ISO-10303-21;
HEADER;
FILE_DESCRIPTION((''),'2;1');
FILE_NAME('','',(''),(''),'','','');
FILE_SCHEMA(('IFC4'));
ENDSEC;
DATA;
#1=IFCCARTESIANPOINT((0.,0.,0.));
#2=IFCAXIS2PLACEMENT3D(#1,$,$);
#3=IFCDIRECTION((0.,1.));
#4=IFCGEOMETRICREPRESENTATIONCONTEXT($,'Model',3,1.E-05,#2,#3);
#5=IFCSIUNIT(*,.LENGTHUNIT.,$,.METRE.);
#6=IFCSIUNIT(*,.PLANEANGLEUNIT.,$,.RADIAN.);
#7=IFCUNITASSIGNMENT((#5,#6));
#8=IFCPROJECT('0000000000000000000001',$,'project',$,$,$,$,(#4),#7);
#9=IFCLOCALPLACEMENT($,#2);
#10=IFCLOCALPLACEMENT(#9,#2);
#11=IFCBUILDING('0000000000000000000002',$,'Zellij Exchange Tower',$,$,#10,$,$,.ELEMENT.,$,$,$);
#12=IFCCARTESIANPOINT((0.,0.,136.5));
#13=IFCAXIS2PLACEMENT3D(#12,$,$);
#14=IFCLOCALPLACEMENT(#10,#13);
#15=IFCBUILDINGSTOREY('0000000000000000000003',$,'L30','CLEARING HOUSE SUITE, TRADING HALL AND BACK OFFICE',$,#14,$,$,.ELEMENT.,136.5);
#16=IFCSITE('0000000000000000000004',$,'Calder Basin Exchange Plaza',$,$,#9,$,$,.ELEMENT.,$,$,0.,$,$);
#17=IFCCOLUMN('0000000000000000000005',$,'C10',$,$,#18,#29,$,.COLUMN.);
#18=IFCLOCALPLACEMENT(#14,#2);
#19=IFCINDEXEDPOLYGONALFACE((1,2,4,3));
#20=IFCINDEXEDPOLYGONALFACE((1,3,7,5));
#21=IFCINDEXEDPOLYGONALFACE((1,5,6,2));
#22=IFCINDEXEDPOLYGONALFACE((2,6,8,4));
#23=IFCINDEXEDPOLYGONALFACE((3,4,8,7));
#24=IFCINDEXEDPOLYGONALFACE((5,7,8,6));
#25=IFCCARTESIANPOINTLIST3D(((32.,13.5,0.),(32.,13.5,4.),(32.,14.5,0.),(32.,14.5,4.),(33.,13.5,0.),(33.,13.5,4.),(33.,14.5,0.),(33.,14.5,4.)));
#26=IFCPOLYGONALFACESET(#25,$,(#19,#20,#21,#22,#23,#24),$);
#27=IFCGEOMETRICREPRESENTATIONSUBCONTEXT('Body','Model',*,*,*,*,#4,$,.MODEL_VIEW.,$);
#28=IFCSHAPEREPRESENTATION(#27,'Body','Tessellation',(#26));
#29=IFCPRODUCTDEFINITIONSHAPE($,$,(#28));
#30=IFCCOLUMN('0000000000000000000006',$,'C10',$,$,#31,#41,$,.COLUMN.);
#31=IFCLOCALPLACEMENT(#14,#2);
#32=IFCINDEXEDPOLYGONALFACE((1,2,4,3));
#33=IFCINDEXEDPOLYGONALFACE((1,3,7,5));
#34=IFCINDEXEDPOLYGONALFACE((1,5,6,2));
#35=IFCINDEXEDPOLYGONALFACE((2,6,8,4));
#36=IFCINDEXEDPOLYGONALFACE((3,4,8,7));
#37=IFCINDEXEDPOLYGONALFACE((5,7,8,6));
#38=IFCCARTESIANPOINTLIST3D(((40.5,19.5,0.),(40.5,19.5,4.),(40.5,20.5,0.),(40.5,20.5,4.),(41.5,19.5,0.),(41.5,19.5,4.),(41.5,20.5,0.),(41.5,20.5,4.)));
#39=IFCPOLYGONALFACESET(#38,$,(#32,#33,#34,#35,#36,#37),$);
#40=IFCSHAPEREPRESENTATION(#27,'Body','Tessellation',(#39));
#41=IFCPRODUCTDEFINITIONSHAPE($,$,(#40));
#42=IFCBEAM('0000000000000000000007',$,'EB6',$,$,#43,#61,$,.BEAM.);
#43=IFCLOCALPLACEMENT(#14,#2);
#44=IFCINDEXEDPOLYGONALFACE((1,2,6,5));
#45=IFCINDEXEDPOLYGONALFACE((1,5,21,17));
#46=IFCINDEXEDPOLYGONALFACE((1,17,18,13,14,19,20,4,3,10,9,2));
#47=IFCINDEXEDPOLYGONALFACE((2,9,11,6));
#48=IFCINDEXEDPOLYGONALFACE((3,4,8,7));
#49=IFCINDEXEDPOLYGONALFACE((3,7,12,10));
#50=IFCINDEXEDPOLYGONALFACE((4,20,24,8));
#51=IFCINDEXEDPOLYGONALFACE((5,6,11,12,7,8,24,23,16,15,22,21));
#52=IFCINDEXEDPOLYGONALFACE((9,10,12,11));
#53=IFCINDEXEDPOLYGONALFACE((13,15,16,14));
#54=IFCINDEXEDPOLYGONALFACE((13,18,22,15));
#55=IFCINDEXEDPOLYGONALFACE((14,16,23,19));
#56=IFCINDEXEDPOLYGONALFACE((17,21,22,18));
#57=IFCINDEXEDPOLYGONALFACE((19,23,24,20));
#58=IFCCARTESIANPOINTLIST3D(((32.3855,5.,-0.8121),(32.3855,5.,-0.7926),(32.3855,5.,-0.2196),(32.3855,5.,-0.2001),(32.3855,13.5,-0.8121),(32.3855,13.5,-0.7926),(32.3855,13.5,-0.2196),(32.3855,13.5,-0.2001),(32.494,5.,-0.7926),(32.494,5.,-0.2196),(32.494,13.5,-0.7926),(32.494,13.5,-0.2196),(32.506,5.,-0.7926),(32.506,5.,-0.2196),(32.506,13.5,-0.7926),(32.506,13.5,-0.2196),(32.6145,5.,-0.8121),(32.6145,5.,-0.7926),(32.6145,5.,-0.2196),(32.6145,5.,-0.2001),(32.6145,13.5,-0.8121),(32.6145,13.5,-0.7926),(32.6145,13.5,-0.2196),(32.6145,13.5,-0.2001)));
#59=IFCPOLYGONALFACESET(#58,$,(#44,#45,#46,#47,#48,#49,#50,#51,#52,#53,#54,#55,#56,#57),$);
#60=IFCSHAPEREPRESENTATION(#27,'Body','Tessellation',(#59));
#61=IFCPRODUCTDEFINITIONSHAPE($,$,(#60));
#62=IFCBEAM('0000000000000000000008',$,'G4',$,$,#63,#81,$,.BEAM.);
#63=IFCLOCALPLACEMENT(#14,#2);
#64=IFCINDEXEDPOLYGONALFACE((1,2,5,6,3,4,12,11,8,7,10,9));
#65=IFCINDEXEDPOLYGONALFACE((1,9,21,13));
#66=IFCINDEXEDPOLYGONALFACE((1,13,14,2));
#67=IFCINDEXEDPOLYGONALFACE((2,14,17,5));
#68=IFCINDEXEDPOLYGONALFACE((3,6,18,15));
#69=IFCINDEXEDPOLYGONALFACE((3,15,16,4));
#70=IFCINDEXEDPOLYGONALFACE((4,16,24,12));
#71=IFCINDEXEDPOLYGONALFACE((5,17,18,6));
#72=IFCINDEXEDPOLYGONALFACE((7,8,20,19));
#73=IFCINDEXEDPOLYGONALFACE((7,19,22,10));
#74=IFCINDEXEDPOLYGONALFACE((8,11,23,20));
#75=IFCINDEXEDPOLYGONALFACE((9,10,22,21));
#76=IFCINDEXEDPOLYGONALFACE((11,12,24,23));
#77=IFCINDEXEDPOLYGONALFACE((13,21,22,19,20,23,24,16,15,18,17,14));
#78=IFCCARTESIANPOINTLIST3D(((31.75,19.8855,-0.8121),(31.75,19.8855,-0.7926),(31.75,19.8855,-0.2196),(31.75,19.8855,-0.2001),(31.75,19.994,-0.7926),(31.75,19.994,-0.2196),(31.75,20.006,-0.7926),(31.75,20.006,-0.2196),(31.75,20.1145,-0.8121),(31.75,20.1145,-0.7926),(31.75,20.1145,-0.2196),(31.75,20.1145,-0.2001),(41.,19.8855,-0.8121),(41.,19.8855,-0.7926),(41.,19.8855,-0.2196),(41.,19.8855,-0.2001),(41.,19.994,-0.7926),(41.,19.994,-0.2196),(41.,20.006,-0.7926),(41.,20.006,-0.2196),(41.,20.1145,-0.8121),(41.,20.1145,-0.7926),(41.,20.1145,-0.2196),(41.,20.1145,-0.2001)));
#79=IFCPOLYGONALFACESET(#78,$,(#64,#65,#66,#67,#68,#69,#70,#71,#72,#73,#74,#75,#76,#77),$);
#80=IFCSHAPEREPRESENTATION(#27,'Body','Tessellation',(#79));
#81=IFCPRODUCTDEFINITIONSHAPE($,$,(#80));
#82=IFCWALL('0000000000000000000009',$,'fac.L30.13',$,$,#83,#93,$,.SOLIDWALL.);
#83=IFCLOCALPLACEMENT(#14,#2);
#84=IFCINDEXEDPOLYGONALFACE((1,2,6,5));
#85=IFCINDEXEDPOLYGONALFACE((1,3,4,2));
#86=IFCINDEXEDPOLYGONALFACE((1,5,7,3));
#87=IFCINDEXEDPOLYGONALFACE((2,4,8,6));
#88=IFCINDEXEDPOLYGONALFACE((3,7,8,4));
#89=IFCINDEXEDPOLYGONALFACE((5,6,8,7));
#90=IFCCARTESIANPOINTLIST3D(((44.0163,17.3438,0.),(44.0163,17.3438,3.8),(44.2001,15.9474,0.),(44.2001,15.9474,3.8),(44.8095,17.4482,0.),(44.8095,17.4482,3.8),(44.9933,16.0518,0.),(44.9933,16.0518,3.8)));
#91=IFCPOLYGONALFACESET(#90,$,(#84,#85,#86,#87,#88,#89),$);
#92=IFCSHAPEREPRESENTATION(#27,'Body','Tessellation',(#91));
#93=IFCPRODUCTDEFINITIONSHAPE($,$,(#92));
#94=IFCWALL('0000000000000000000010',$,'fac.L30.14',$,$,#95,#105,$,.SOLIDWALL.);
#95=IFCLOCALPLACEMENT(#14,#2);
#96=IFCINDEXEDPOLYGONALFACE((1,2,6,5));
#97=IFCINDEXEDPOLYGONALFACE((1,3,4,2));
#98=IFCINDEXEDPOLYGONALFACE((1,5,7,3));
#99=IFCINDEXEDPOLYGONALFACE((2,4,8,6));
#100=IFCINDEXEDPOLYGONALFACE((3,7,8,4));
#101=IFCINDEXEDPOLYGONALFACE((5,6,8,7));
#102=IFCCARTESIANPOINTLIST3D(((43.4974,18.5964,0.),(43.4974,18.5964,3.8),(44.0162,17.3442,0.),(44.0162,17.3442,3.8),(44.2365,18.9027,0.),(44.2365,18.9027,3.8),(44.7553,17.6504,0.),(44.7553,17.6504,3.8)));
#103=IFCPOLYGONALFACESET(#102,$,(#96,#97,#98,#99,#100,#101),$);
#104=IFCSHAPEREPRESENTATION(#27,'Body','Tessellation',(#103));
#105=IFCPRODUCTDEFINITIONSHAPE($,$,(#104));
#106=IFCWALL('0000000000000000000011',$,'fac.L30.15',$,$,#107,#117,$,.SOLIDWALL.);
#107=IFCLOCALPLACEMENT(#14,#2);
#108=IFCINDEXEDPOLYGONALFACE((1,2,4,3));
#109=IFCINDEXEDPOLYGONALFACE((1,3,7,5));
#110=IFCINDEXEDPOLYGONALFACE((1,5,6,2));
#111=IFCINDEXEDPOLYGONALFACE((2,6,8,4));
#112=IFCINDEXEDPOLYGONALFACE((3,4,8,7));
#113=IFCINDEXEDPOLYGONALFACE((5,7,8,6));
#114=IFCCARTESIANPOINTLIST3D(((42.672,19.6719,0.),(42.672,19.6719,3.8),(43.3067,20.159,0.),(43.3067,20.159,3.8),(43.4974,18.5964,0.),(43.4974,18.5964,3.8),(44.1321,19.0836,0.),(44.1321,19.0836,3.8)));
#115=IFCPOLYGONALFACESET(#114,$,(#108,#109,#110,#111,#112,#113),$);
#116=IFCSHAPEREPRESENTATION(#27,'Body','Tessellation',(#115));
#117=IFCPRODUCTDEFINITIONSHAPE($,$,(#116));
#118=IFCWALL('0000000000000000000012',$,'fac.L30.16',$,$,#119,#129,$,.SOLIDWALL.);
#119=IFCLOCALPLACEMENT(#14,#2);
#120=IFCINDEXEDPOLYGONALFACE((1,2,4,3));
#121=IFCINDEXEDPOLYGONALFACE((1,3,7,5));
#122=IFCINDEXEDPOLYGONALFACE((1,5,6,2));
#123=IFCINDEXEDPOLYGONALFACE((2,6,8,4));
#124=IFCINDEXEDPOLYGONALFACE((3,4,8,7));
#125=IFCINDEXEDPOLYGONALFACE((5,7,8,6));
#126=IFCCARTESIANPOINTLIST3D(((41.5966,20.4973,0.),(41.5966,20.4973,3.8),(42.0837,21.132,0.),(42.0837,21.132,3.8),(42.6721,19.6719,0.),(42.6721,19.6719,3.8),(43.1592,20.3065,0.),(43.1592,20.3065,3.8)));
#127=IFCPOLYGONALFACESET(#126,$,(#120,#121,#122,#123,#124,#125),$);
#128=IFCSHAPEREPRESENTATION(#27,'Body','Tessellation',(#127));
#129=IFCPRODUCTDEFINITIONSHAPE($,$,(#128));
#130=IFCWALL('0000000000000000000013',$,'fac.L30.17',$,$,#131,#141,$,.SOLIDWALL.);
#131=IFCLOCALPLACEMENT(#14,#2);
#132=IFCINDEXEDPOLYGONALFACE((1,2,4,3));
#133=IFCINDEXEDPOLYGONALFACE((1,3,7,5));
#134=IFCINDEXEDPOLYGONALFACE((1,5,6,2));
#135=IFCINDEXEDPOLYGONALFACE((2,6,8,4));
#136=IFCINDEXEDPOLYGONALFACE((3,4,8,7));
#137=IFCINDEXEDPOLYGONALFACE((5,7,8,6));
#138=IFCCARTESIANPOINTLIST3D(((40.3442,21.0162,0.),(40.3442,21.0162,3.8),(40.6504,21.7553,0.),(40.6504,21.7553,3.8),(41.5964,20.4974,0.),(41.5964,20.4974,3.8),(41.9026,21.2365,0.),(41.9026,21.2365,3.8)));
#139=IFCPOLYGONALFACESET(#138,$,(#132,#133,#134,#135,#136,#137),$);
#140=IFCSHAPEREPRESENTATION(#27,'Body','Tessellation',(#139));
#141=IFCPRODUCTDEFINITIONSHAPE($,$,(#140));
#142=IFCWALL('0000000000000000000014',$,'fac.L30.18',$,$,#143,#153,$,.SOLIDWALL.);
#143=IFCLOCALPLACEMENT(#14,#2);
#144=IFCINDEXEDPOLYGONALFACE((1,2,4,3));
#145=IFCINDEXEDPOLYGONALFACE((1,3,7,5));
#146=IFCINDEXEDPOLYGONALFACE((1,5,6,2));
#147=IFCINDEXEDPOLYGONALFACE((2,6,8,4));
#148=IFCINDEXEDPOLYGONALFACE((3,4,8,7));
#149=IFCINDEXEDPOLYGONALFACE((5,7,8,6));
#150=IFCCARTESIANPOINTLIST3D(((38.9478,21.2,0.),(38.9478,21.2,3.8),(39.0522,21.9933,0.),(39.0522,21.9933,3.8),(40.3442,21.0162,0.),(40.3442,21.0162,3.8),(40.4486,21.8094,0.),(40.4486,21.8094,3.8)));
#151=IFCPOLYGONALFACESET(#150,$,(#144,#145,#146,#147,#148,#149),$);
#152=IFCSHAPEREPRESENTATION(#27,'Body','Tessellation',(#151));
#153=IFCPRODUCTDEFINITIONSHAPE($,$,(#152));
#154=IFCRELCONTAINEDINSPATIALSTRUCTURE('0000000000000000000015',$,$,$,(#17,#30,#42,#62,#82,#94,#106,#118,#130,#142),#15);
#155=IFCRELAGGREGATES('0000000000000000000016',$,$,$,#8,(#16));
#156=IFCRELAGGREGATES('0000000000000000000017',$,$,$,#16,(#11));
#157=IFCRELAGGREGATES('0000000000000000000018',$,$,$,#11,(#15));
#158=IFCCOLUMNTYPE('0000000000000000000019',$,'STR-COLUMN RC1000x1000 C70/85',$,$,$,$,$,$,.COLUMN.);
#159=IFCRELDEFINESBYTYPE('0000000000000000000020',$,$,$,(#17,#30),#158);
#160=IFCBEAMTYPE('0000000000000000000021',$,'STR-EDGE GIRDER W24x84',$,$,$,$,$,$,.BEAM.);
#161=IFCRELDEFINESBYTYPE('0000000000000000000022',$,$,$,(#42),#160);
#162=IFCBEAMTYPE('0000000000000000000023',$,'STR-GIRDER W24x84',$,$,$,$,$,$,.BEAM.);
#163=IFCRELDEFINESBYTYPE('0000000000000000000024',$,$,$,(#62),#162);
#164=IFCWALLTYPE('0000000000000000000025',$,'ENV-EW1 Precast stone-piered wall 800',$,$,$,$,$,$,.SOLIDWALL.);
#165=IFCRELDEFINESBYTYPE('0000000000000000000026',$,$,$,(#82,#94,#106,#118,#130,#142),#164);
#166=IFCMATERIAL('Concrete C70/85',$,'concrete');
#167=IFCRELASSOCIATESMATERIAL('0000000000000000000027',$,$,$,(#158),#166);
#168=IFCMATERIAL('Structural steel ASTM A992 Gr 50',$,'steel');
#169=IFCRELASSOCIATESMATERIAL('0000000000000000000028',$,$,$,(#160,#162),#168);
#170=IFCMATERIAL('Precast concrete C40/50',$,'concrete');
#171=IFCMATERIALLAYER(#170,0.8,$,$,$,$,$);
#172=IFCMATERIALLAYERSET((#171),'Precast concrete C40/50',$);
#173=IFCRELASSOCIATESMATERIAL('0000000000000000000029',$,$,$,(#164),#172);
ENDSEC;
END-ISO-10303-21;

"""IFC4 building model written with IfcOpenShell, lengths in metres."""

from ifc_helpers import new_model, si_unit, direction, frame, frame_2d, origin, origin_2d, place, context, subcontext, project, spatial, rectangle, i_section, extrude, material, layer, layer_set, material_profile, profile_set, type_object, element, save


model = new_model("IFC4")

# Units and contexts
model_context = context("Model", 3, precision=1e-05, world=origin(), true_north=direction((0.0, 1.0)))
body_context = subcontext(model_context, "Body", "Model", "MODEL_VIEW")
ifc_project = project(units=[si_unit("LENGTHUNIT", "METRE"), si_unit("PLANEANGLEUNIT", "RADIAN")], contexts=[model_context])

# Site, building, storey
site_placement = place(None, origin())
site = spatial("IfcSite", under=ifc_project, at=site_placement, Name="Calder Basin Exchange Plaza", CompositionType="ELEMENT", RefElevation=0.0)
building_placement = place(site_placement, origin())
building = spatial("IfcBuilding", under=site, at=building_placement, Name="Zellij Exchange Tower", CompositionType="ELEMENT")
storey_placement = place(building_placement, frame((0.0, 0.0, 136.5)))
storey = spatial("IfcBuildingStorey", under=building, at=storey_placement, Name="L30", Description="CLEARING HOUSE SUITE, TRADING HALL AND BACK OFFICE", CompositionType="ELEMENT", Elevation=136.5)

# Columns
ifc_material_1 = material(Name="Concrete C70/85", Category="concrete")
ifc_material_profile_1 = material_profile(ifc_material_1, rectangle(XDim=1.0, YDim=1.0, at=origin_2d()), Name="STR-COLUMN RC1000x1000 C70/85")
ifc_profile_set_1 = profile_set([ifc_material_profile_1], Name="Concrete C70/85")
column_type = type_object("IfcColumnType", Name="STR-COLUMN RC1000x1000 C70/85", PredefinedType="COLUMN", material=ifc_profile_set_1)
for number, where, z_axis, x_axis, name in (
    (1, (32.5, 14.0, 0.0), (0.0, 0.0, 1.0), (1.0, 0.0, 0.0), "C10"),
    (2, (41.0, 20.0, 0.0), (0.0, 0.0, 1.0), (1.0, 0.0, 0.0), "C10"),
):
    element("IfcColumn", number, at=place(storey_placement, frame(where, z_axis=z_axis, x_axis=x_axis)), inside=storey, type_object=column_type, Name=name, PredefinedType="COLUMN", context=body_context, shape_type="SweptSolid", body=[
        extrude(rectangle(XDim=1.0, YDim=1.0, at=origin_2d()), origin(), (0.0, 0.0, 1.0), 4.0),
    ])

# Beams
ifc_material_2 = material(Name="Structural steel ASTM A992 Gr 50", Category="steel")
ifc_material_profile_2 = material_profile(ifc_material_2, i_section(OverallWidth=0.229, OverallDepth=0.6121, WebThickness=0.012, FlangeThickness=0.0195, at=origin_2d()), Name="W24x84")
ifc_profile_set_2 = profile_set([ifc_material_profile_2], Name="Structural steel ASTM A992 Gr 50")
beam_type_1 = type_object("IfcBeamType", Name="STR-EDGE GIRDER W24x84", PredefinedType="BEAM", material=ifc_profile_set_2)
beam_1_placement = place(storey_placement, frame((32.5, 5.0, -0.5061), z_axis=(0.0, 1.0, 0.0), x_axis=(-1.0, 0.0, 0.0)))
element("IfcBeam", 3, at=beam_1_placement, inside=storey, type_object=beam_type_1, Name="EB6", PredefinedType="BEAM", context=body_context, shape_type="SweptSolid", body=[
    extrude(i_section(OverallWidth=0.229, OverallDepth=0.6121, WebThickness=0.012, FlangeThickness=0.0195, at=origin_2d()), origin(), (0.0, 0.0, 1.0), 8.5),
])
ifc_material_profile_3 = material_profile(ifc_material_2, i_section(OverallWidth=0.229, OverallDepth=0.6121, WebThickness=0.012, FlangeThickness=0.0195, at=origin_2d()), Name="W24x84")
ifc_profile_set_3 = profile_set([ifc_material_profile_3], Name="Structural steel ASTM A992 Gr 50")
beam_type_2 = type_object("IfcBeamType", Name="STR-GIRDER W24x84", PredefinedType="BEAM", material=ifc_profile_set_3)
beam_2_placement = place(storey_placement, frame((31.75, 20.0, -0.5061), z_axis=(1.0, 0.0, 0.0), x_axis=(0.0, 1.0, 0.0)))
element("IfcBeam", 4, at=beam_2_placement, inside=storey, type_object=beam_type_2, Name="G4", PredefinedType="BEAM", context=body_context, shape_type="SweptSolid", body=[
    extrude(i_section(OverallWidth=0.229, OverallDepth=0.6121, WebThickness=0.012, FlangeThickness=0.0195, at=origin_2d()), origin(), (0.0, 0.0, 1.0), 9.25),
])

# Walls
ifc_material_3 = material(Name="Precast concrete C40/50", Category="concrete")
ifc_layer = layer(ifc_material_3, 0.8)
ifc_layer_set = layer_set([ifc_layer], Name="Precast concrete C40/50")
wall_type = type_object("IfcWallType", Name="ENV-EW1 Precast stone-piered wall 800", PredefinedType="SOLIDWALL", material=ifc_layer_set)
wall_1_placement = place(storey_placement, frame((44.5967, 15.9998, 0.0), z_axis=(0.0, 0.0, 1.0), x_axis=(-0.130517, 0.991446, 0.0)))
element("IfcWall", 5, at=wall_1_placement, inside=storey, type_object=wall_type, Name="fac.L30.13", PredefinedType="SOLIDWALL", context=body_context, shape_type="SweptSolid", body=[
    extrude(rectangle(XDim=1.4084, YDim=0.8, at=frame_2d((0.7041, 0.0))), origin(), (0.0, 0.0, 1.0), 3.8),
])
wall_2_placement = place(storey_placement, frame((44.3857, 17.4973, 0.0), z_axis=(0.0, 0.0, 1.0), x_axis=(-0.38276, 0.923848, 0.0)))
element("IfcWall", 6, at=wall_2_placement, inside=storey, type_object=wall_type, Name="fac.L30.14", PredefinedType="SOLIDWALL", context=body_context, shape_type="SweptSolid", body=[
    extrude(rectangle(XDim=1.3555, YDim=0.8, at=frame_2d((0.6777, 0.0))), origin(), (0.0, 0.0, 1.0), 3.8),
])
for number, where, z_axis, x_axis, name in (
    (7, (43.8147, 18.8401, 0.0), (0.0, 0.0, 1.0), (-0.608866, 0.793273, 0.0), "fac.L30.15"),
    (8, (42.9155, 19.9893, 0.0), (0.0, 0.0, 1.0), (-0.793273, 0.608866, 0.0), "fac.L30.16"),
):
    element("IfcWall", number, at=place(storey_placement, frame(where, z_axis=z_axis, x_axis=x_axis)), inside=storey, type_object=wall_type, Name=name, PredefinedType="SOLIDWALL", context=body_context, shape_type="SweptSolid", body=[
        extrude(rectangle(XDim=1.3557, YDim=0.8, at=frame_2d((0.6777, 0.0))), origin(), (0.0, 0.0, 1.0), 3.8),
    ])
wall_3_placement = place(storey_placement, frame((41.7495, 20.8669, 0.0), z_axis=(0.0, 0.0, 1.0), x_axis=(-0.923848, 0.38276, 0.0)))
element("IfcWall", 9, at=wall_3_placement, inside=storey, type_object=wall_type, Name="fac.L30.17", PredefinedType="SOLIDWALL", context=body_context, shape_type="SweptSolid", body=[
    extrude(rectangle(XDim=1.3555, YDim=0.8, at=frame_2d((0.6777, 0.0))), origin(), (0.0, 0.0, 1.0), 3.8),
])
wall_4_placement = place(storey_placement, frame((40.3962, 21.4128, 0.0), z_axis=(0.0, 0.0, 1.0), x_axis=(-0.991446, 0.130517, 0.0)))
element("IfcWall", 10, at=wall_4_placement, inside=storey, type_object=wall_type, Name="fac.L30.18", PredefinedType="SOLIDWALL", context=body_context, shape_type="SweptSolid", body=[
    extrude(rectangle(XDim=1.4084, YDim=0.8, at=frame_2d((0.7041, 0.0))), origin(), (0.0, 0.0, 1.0), 3.8),
])

save(model, "model.ifc")
